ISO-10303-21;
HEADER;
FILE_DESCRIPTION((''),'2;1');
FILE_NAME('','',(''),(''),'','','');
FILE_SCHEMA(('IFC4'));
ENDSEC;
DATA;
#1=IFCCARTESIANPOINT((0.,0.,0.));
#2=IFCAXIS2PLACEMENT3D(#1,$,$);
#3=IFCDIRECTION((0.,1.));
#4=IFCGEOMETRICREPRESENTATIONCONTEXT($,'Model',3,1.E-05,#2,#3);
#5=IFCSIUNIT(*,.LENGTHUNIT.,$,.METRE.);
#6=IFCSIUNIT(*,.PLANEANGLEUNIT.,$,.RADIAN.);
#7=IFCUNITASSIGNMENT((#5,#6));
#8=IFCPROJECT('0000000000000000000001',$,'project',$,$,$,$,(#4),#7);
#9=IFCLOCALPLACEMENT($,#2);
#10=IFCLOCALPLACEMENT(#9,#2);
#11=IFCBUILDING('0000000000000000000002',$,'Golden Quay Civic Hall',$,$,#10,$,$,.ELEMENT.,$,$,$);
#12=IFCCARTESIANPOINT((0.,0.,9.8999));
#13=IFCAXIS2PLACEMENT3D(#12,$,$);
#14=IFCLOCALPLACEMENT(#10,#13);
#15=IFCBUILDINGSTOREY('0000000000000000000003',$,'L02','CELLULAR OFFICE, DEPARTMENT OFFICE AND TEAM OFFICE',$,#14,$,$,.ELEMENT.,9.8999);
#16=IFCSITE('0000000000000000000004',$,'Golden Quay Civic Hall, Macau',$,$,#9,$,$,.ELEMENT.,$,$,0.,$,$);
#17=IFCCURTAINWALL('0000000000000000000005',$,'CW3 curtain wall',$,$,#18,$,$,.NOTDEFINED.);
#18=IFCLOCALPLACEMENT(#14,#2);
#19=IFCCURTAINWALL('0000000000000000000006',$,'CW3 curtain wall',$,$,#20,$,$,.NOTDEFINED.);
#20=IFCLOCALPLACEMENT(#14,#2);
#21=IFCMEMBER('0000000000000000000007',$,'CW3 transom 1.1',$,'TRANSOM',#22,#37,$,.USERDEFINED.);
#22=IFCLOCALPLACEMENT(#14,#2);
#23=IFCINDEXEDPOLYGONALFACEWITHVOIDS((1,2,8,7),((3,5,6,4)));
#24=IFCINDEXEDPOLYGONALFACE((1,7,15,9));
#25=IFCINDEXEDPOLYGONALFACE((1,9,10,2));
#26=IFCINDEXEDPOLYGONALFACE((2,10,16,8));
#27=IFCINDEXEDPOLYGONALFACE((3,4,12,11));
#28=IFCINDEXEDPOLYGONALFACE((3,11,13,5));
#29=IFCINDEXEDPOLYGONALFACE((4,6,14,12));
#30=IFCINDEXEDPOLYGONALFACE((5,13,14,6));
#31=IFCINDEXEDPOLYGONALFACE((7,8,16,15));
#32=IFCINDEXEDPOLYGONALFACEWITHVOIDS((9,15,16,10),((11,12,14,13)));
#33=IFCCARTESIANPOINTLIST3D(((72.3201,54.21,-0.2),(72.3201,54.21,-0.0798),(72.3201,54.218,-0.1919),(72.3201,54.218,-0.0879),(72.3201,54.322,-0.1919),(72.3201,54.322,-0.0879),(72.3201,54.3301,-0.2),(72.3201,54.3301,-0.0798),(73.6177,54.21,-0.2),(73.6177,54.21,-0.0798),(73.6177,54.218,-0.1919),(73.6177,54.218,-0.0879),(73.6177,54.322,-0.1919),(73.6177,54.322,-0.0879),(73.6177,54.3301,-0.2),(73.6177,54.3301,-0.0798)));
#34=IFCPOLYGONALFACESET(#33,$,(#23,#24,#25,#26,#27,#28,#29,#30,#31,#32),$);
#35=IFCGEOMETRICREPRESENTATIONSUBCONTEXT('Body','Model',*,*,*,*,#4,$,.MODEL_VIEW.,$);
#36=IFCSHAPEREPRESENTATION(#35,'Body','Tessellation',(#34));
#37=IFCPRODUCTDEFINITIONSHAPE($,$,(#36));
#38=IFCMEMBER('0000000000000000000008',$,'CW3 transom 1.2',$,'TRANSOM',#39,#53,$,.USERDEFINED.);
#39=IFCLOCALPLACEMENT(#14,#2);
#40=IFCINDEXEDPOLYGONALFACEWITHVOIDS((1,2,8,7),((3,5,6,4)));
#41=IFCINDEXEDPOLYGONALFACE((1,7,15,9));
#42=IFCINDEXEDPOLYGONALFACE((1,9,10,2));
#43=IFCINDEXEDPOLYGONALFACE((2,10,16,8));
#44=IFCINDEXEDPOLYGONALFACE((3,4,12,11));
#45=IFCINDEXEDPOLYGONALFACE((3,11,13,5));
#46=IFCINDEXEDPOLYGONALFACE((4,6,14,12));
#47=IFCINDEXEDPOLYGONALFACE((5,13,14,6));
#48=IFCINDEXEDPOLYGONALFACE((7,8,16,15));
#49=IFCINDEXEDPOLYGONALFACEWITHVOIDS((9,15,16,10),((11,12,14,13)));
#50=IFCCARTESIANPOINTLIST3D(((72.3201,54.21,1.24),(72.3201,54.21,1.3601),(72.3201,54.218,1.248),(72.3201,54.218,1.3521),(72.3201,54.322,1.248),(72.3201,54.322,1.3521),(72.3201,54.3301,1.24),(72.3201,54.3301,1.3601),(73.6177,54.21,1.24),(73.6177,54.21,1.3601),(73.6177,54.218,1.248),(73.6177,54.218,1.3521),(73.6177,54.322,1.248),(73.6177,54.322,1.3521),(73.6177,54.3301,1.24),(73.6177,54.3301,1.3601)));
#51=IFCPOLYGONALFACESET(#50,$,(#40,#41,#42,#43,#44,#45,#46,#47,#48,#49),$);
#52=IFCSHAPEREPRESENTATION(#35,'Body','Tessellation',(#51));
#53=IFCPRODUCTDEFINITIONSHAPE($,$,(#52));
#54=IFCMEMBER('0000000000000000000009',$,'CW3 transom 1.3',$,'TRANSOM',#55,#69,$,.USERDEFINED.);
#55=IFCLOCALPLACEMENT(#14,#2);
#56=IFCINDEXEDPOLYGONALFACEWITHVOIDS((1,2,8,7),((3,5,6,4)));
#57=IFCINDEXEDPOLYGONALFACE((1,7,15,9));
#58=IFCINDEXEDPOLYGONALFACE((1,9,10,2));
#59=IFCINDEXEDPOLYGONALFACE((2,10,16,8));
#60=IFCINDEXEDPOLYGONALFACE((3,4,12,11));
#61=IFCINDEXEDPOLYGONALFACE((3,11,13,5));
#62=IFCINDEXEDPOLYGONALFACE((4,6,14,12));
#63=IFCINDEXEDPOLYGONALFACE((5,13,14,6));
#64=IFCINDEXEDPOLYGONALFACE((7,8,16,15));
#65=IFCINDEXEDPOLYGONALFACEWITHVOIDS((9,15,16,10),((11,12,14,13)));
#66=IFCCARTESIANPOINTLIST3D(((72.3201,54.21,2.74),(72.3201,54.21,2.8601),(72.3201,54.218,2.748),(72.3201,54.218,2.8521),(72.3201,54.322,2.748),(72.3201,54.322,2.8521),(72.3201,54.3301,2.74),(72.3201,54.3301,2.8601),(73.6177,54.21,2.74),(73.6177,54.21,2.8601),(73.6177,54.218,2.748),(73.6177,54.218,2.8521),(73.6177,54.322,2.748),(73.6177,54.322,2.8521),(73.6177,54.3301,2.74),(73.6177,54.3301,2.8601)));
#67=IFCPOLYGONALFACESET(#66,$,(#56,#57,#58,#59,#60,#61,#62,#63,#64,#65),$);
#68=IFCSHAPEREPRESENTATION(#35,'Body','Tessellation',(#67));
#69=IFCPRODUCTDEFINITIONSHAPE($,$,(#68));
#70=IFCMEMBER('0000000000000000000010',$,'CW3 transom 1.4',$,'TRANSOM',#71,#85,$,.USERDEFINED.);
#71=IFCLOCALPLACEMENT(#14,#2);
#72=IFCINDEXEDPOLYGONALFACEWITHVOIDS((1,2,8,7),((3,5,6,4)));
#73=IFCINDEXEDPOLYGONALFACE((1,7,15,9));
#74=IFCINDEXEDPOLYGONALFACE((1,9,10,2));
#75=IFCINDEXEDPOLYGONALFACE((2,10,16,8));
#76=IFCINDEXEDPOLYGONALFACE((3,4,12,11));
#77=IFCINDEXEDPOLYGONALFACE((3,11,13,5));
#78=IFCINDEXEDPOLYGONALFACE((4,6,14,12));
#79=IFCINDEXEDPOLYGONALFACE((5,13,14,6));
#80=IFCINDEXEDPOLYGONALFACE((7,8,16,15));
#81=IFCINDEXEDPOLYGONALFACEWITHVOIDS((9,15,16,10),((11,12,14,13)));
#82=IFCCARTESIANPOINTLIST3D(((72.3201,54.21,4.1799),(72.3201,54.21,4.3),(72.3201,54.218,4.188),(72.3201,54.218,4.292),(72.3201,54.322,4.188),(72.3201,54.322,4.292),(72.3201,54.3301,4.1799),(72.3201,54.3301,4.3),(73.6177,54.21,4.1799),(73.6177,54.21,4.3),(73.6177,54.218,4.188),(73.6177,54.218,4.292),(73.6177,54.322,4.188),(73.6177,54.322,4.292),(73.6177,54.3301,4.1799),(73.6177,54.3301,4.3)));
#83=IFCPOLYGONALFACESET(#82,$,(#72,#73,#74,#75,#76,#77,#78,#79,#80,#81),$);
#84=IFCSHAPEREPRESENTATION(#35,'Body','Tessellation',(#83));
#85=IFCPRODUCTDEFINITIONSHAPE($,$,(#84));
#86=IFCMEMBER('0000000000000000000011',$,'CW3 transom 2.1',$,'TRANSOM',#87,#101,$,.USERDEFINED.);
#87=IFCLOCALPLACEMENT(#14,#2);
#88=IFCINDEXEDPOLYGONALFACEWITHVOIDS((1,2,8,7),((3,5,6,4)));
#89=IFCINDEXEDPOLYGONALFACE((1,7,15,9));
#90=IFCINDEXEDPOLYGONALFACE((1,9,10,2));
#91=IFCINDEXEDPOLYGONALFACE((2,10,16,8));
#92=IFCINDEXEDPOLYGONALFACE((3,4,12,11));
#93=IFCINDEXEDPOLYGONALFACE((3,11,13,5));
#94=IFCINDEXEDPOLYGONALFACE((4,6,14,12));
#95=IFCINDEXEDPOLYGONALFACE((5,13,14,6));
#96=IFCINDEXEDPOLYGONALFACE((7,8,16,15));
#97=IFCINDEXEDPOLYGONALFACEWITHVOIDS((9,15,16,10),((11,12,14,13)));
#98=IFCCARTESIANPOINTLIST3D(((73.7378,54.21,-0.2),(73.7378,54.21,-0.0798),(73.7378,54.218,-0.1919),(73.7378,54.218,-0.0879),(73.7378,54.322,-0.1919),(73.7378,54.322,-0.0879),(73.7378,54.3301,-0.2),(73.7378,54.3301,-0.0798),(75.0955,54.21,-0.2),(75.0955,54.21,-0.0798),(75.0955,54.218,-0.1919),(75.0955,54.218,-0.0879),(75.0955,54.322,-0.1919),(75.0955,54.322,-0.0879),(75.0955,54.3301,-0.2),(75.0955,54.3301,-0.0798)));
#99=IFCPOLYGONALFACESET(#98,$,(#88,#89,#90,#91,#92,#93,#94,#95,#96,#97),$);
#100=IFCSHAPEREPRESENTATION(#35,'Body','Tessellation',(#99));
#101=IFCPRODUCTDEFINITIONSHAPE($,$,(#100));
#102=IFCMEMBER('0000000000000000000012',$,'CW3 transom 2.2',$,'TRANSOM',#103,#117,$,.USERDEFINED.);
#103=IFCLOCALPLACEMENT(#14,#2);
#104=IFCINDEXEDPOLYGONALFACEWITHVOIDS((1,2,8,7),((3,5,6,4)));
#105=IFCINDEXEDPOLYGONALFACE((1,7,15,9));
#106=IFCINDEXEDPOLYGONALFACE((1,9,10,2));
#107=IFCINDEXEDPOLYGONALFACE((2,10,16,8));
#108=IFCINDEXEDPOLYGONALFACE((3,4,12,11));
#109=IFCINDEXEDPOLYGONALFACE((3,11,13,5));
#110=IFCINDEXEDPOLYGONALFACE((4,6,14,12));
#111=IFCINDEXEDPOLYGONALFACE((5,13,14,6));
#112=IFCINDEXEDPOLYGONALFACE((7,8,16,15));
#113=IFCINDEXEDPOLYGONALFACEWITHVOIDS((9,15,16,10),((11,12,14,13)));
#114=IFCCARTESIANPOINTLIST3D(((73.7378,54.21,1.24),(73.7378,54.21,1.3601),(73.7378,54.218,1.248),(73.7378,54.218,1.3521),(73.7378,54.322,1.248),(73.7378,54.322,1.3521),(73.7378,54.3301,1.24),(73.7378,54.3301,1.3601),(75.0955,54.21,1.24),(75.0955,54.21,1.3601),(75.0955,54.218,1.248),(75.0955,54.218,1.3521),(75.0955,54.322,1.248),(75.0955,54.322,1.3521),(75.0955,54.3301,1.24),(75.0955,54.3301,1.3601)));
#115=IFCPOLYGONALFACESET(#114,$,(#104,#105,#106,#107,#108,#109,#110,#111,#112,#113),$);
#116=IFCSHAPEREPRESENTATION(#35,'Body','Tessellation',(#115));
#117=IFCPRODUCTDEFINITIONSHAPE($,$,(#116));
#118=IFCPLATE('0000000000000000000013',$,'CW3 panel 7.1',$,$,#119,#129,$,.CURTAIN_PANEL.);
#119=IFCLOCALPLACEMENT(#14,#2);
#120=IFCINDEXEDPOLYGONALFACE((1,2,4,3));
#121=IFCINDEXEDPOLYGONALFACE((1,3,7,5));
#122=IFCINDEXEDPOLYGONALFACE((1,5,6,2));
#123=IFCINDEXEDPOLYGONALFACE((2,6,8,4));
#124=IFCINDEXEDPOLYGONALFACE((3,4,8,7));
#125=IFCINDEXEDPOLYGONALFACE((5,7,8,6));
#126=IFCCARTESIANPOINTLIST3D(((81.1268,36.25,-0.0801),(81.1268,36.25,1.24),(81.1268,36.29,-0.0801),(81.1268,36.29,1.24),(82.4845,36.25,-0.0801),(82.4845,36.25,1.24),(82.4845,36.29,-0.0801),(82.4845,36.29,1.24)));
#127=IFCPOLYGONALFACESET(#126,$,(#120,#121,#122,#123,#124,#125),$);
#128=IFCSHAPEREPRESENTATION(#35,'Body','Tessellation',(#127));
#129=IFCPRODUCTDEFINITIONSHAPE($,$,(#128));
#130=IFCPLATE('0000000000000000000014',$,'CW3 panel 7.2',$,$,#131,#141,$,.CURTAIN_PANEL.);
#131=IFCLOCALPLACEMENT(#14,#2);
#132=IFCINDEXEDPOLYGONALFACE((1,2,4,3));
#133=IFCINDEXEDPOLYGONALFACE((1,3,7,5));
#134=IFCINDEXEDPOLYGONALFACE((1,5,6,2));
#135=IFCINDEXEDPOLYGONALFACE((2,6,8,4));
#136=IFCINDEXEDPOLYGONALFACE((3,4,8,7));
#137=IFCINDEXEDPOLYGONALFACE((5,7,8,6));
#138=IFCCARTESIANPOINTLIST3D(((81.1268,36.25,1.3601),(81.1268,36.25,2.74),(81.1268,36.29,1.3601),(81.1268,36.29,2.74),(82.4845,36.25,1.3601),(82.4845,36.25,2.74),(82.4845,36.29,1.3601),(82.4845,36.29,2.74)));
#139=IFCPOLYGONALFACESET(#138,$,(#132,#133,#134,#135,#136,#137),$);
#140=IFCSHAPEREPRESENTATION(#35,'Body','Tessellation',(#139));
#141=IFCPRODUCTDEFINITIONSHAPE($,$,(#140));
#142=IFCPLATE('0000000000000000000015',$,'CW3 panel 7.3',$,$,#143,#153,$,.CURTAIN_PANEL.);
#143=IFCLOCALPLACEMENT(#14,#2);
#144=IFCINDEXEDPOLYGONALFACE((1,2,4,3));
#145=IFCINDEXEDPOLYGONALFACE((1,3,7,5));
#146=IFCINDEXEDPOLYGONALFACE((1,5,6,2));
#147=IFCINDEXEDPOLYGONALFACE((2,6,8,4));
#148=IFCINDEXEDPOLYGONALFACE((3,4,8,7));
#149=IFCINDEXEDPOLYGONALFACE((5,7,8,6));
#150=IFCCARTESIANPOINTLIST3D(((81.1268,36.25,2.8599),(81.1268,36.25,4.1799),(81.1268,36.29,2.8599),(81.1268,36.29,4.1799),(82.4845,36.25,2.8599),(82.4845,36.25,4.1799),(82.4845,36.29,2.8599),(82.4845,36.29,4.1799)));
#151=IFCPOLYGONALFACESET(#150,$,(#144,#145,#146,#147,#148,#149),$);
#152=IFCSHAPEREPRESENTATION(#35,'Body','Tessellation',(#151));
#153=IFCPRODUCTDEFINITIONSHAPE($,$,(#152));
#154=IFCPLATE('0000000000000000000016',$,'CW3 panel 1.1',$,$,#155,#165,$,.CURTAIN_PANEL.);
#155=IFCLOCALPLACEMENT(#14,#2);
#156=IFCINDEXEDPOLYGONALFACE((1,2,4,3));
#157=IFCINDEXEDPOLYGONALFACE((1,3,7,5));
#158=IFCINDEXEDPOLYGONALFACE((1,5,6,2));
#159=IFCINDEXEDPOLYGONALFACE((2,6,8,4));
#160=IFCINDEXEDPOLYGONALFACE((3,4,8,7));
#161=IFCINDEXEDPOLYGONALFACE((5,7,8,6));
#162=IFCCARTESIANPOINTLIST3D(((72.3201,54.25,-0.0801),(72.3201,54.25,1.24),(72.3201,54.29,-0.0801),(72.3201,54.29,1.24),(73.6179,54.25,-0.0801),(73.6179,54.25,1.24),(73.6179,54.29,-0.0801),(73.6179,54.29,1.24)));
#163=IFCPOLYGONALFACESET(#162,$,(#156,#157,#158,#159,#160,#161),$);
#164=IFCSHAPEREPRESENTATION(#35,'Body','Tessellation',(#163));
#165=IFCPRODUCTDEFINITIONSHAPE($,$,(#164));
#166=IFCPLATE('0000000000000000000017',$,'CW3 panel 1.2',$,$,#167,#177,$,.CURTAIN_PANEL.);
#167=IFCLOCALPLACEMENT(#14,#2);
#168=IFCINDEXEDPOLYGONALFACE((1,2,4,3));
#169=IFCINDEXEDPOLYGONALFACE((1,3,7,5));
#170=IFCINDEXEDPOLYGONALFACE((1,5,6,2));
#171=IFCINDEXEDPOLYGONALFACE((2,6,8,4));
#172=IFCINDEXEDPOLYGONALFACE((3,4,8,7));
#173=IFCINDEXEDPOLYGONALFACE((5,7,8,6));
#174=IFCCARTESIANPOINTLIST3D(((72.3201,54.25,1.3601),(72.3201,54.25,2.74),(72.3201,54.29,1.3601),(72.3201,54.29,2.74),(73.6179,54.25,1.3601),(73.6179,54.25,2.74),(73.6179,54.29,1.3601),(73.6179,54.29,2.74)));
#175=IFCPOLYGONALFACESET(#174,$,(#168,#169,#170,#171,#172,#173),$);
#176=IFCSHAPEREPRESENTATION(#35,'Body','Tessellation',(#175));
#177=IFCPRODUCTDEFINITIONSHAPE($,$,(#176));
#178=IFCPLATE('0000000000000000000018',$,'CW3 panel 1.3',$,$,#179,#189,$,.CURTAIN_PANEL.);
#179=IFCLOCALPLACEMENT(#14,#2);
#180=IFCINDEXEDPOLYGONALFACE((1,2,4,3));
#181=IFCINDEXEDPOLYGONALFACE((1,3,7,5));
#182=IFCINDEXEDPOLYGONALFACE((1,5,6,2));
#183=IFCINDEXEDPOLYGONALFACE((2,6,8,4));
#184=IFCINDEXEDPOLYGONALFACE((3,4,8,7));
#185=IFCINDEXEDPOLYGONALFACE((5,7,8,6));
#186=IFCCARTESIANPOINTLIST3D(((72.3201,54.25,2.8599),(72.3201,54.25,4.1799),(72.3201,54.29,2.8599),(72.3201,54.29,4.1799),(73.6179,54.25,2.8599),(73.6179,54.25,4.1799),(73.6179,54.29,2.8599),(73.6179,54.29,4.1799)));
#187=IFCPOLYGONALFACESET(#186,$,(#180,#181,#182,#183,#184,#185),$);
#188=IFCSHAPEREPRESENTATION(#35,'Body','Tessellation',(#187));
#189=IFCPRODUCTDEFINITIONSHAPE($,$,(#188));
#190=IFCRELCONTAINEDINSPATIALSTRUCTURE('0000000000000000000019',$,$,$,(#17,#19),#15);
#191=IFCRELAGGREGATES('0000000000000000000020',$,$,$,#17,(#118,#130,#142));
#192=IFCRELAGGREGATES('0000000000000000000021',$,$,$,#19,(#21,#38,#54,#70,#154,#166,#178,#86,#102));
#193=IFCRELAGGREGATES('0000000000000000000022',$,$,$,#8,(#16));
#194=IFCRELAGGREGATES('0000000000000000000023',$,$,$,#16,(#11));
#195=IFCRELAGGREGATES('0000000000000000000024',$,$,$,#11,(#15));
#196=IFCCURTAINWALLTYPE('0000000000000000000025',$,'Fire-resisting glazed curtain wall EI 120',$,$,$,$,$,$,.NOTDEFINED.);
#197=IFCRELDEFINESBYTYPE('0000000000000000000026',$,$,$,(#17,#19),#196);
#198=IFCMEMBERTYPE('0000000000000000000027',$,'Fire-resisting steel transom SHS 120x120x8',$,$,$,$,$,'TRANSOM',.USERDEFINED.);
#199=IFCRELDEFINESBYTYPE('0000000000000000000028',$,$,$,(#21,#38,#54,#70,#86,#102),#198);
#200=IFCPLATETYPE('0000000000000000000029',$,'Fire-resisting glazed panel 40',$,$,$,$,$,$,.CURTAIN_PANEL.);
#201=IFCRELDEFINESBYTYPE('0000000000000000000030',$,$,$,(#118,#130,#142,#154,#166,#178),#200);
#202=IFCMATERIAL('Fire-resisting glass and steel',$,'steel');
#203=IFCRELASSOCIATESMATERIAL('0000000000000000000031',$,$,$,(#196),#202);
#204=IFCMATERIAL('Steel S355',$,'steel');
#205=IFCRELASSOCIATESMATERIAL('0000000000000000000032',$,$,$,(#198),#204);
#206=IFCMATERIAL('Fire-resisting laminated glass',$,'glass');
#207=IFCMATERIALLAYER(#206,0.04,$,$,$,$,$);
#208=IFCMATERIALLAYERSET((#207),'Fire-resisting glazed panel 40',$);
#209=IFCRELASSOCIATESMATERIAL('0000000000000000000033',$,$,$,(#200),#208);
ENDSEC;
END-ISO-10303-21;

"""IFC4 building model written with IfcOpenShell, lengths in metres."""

from ifc_helpers import new_model, si_unit, direction, frame, origin, origin_2d, place, context, subcontext, project, spatial, rectangle, hollow_rectangle, extrude, material, layer, layer_set, material_profile, profile_set, type_object, element, aggregate, save


model = new_model("IFC4")

# Units and contexts
model_context = context("Model", 3, precision=1e-05, world=origin(), true_north=direction((0.0, 1.0)))
body_context = subcontext(model_context, "Body", "Model", "MODEL_VIEW")
ifc_project = project(units=[si_unit("LENGTHUNIT", "METRE"), si_unit("PLANEANGLEUNIT", "RADIAN")], contexts=[model_context])

# Site, building, storey
site_placement = place(None, origin())
site = spatial("IfcSite", under=ifc_project, at=site_placement, Name="Golden Quay Civic Hall, Macau", CompositionType="ELEMENT", RefElevation=0.0)
building_placement = place(site_placement, origin())
building = spatial("IfcBuilding", under=site, at=building_placement, Name="Golden Quay Civic Hall", CompositionType="ELEMENT")
storey_placement = place(building_placement, frame((0.0, 0.0, 9.8999)))
storey = spatial("IfcBuildingStorey", under=building, at=storey_placement, Name="L02", Description="CELLULAR OFFICE, DEPARTMENT OFFICE AND TEAM OFFICE", CompositionType="ELEMENT", Elevation=9.8999)

# Curtain wall
ifc_material_1 = material(Name="Fire-resisting glass and steel", Category="steel")
curtain_wall_type = type_object("IfcCurtainWallType", Name="Fire-resisting glazed curtain wall EI 120", PredefinedType="NOTDEFINED", material=ifc_material_1)
curtain_wall_1_placement = place(storey_placement, origin())
curtain_wall_1 = element("IfcCurtainWall", 1, at=curtain_wall_1_placement, inside=storey, type_object=curtain_wall_type, Name="CW3 curtain wall", PredefinedType="NOTDEFINED")

# Curtain wall
curtain_wall_2_placement = place(storey_placement, origin())
curtain_wall_2 = element("IfcCurtainWall", 2, at=curtain_wall_2_placement, inside=storey, type_object=curtain_wall_type, Name="CW3 curtain wall", PredefinedType="NOTDEFINED")

# Members
ifc_material_2 = material(Name="Steel S355", Category="steel")
ifc_material_profile_1 = material_profile(ifc_material_2, hollow_rectangle(XDim=0.1201, YDim=0.1201, WallThickness=0.0081, at=origin_2d()), Name="SHS 120x120x8")
ifc_profile_set_1 = profile_set([ifc_material_profile_1], Name="Steel S355")
member_type_1 = type_object("IfcMemberType", Name="Fire-resisting steel transom SHS 120x120x8", ElementType="TRANSOM", PredefinedType="USERDEFINED", material=ifc_profile_set_1)
member_1_placement = place(storey_placement, frame((72.3201, 54.27, -0.1399), z_axis=(1.0, 0.0, 0.0), x_axis=(0.0, 1.0, 0.0)))
member_1 = element("IfcMember", 3, at=member_1_placement, type_object=member_type_1, Name="CW3 transom 1.1", ObjectType="TRANSOM", PredefinedType="USERDEFINED", context=body_context, shape_type="SweptSolid", body=[
    extrude(hollow_rectangle(XDim=0.1201, YDim=0.1201, WallThickness=0.0081, at=origin_2d()), origin(), (0.0, 0.0, 1.0), 1.2976),
])
member_2_placement = place(storey_placement, frame((72.3201, 54.27, 1.3), z_axis=(1.0, 0.0, 0.0), x_axis=(0.0, 1.0, 0.0)))
member_2 = element("IfcMember", 4, at=member_2_placement, type_object=member_type_1, Name="CW3 transom 1.2", ObjectType="TRANSOM", PredefinedType="USERDEFINED", context=body_context, shape_type="SweptSolid", body=[
    extrude(hollow_rectangle(XDim=0.1201, YDim=0.1201, WallThickness=0.0081, at=origin_2d()), origin(), (0.0, 0.0, 1.0), 1.2976),
])
member_3_placement = place(storey_placement, frame((72.3201, 54.27, 2.8), z_axis=(1.0, 0.0, 0.0), x_axis=(0.0, 1.0, 0.0)))
member_3 = element("IfcMember", 5, at=member_3_placement, type_object=member_type_1, Name="CW3 transom 1.3", ObjectType="TRANSOM", PredefinedType="USERDEFINED", context=body_context, shape_type="SweptSolid", body=[
    extrude(hollow_rectangle(XDim=0.1201, YDim=0.1201, WallThickness=0.0081, at=origin_2d()), origin(), (0.0, 0.0, 1.0), 1.2976),
])
member_4_placement = place(storey_placement, frame((72.3201, 54.27, 4.24), z_axis=(1.0, 0.0, 0.0), x_axis=(0.0, 1.0, 0.0)))
member_4 = element("IfcMember", 6, at=member_4_placement, type_object=member_type_1, Name="CW3 transom 1.4", ObjectType="TRANSOM", PredefinedType="USERDEFINED", context=body_context, shape_type="SweptSolid", body=[
    extrude(hollow_rectangle(XDim=0.1201, YDim=0.1201, WallThickness=0.0081, at=origin_2d()), origin(), (0.0, 0.0, 1.0), 1.2976),
])
member_5_placement = place(storey_placement, frame((73.7378, 54.27, -0.1399), z_axis=(1.0, 0.0, 0.0), x_axis=(0.0, 1.0, 0.0)))
member_5 = element("IfcMember", 7, at=member_5_placement, type_object=member_type_1, Name="CW3 transom 2.1", ObjectType="TRANSOM", PredefinedType="USERDEFINED", context=body_context, shape_type="SweptSolid", body=[
    extrude(hollow_rectangle(XDim=0.1201, YDim=0.1201, WallThickness=0.0081, at=origin_2d()), origin(), (0.0, 0.0, 1.0), 1.3577),
])
member_6_placement = place(storey_placement, frame((73.7378, 54.27, 1.3), z_axis=(1.0, 0.0, 0.0), x_axis=(0.0, 1.0, 0.0)))
member_6 = element("IfcMember", 8, at=member_6_placement, type_object=member_type_1, Name="CW3 transom 2.2", ObjectType="TRANSOM", PredefinedType="USERDEFINED", context=body_context, shape_type="SweptSolid", body=[
    extrude(hollow_rectangle(XDim=0.1201, YDim=0.1201, WallThickness=0.0081, at=origin_2d()), origin(), (0.0, 0.0, 1.0), 1.3577),
])

# Plates
ifc_material_3 = material(Name="Fire-resisting laminated glass", Category="glass")
ifc_layer = layer(ifc_material_3, 0.04)
ifc_layer_set = layer_set([ifc_layer], Name="Fire-resisting glazed panel 40")
plate_type = type_object("IfcPlateType", Name="Fire-resisting glazed panel 40", PredefinedType="CURTAIN_PANEL", material=ifc_layer_set)
plate_1_placement = place(storey_placement, frame((81.8057, 36.27, -0.0801), z_axis=(0.0, 0.0, 1.0), x_axis=(1.0, 0.0, 0.0)))
plate_1 = element("IfcPlate", 9, at=plate_1_placement, type_object=plate_type, Name="CW3 panel 7.1", PredefinedType="CURTAIN_PANEL", context=body_context, shape_type="SweptSolid", body=[
    extrude(rectangle(XDim=1.3577, YDim=0.04, at=origin_2d()), origin(), (0.0, 0.0, 1.0), 1.3201),
])
plate_2_placement = place(storey_placement, frame((81.8057, 36.27, 1.3601), z_axis=(0.0, 0.0, 1.0), x_axis=(1.0, 0.0, 0.0)))
plate_2 = element("IfcPlate", 10, at=plate_2_placement, type_object=plate_type, Name="CW3 panel 7.2", PredefinedType="CURTAIN_PANEL", context=body_context, shape_type="SweptSolid", body=[
    extrude(rectangle(XDim=1.3577, YDim=0.04, at=origin_2d()), origin(), (0.0, 0.0, 1.0), 1.3799),
])
plate_3_placement = place(storey_placement, frame((81.8057, 36.27, 2.8599), z_axis=(0.0, 0.0, 1.0), x_axis=(1.0, 0.0, 0.0)))
plate_3 = element("IfcPlate", 11, at=plate_3_placement, type_object=plate_type, Name="CW3 panel 7.3", PredefinedType="CURTAIN_PANEL", context=body_context, shape_type="SweptSolid", body=[
    extrude(rectangle(XDim=1.3577, YDim=0.04, at=origin_2d()), origin(), (0.0, 0.0, 1.0), 1.3201),
])
aggregate(curtain_wall_1, [plate_1, plate_2, plate_3])
plate_4_placement = place(storey_placement, frame((72.969, 54.27, -0.0801), z_axis=(0.0, 0.0, 1.0), x_axis=(1.0, 0.0, 0.0)))
plate_4 = element("IfcPlate", 12, at=plate_4_placement, type_object=plate_type, Name="CW3 panel 1.1", PredefinedType="CURTAIN_PANEL", context=body_context, shape_type="SweptSolid", body=[
    extrude(rectangle(XDim=1.2979, YDim=0.04, at=origin_2d()), origin(), (0.0, 0.0, 1.0), 1.3201),
])
plate_5_placement = place(storey_placement, frame((72.969, 54.27, 1.3601), z_axis=(0.0, 0.0, 1.0), x_axis=(1.0, 0.0, 0.0)))
plate_5 = element("IfcPlate", 13, at=plate_5_placement, type_object=plate_type, Name="CW3 panel 1.2", PredefinedType="CURTAIN_PANEL", context=body_context, shape_type="SweptSolid", body=[
    extrude(rectangle(XDim=1.2979, YDim=0.04, at=origin_2d()), origin(), (0.0, 0.0, 1.0), 1.3799),
])
plate_6_placement = place(storey_placement, frame((72.969, 54.27, 2.8599), z_axis=(0.0, 0.0, 1.0), x_axis=(1.0, 0.0, 0.0)))
plate_6 = element("IfcPlate", 14, at=plate_6_placement, type_object=plate_type, Name="CW3 panel 1.3", PredefinedType="CURTAIN_PANEL", context=body_context, shape_type="SweptSolid", body=[
    extrude(rectangle(XDim=1.2979, YDim=0.04, at=origin_2d()), origin(), (0.0, 0.0, 1.0), 1.3201),
])
aggregate(curtain_wall_2, [member_1, member_2, member_3, member_4, plate_4, plate_5, plate_6, member_5, member_6])

save(model, "model.ifc")
